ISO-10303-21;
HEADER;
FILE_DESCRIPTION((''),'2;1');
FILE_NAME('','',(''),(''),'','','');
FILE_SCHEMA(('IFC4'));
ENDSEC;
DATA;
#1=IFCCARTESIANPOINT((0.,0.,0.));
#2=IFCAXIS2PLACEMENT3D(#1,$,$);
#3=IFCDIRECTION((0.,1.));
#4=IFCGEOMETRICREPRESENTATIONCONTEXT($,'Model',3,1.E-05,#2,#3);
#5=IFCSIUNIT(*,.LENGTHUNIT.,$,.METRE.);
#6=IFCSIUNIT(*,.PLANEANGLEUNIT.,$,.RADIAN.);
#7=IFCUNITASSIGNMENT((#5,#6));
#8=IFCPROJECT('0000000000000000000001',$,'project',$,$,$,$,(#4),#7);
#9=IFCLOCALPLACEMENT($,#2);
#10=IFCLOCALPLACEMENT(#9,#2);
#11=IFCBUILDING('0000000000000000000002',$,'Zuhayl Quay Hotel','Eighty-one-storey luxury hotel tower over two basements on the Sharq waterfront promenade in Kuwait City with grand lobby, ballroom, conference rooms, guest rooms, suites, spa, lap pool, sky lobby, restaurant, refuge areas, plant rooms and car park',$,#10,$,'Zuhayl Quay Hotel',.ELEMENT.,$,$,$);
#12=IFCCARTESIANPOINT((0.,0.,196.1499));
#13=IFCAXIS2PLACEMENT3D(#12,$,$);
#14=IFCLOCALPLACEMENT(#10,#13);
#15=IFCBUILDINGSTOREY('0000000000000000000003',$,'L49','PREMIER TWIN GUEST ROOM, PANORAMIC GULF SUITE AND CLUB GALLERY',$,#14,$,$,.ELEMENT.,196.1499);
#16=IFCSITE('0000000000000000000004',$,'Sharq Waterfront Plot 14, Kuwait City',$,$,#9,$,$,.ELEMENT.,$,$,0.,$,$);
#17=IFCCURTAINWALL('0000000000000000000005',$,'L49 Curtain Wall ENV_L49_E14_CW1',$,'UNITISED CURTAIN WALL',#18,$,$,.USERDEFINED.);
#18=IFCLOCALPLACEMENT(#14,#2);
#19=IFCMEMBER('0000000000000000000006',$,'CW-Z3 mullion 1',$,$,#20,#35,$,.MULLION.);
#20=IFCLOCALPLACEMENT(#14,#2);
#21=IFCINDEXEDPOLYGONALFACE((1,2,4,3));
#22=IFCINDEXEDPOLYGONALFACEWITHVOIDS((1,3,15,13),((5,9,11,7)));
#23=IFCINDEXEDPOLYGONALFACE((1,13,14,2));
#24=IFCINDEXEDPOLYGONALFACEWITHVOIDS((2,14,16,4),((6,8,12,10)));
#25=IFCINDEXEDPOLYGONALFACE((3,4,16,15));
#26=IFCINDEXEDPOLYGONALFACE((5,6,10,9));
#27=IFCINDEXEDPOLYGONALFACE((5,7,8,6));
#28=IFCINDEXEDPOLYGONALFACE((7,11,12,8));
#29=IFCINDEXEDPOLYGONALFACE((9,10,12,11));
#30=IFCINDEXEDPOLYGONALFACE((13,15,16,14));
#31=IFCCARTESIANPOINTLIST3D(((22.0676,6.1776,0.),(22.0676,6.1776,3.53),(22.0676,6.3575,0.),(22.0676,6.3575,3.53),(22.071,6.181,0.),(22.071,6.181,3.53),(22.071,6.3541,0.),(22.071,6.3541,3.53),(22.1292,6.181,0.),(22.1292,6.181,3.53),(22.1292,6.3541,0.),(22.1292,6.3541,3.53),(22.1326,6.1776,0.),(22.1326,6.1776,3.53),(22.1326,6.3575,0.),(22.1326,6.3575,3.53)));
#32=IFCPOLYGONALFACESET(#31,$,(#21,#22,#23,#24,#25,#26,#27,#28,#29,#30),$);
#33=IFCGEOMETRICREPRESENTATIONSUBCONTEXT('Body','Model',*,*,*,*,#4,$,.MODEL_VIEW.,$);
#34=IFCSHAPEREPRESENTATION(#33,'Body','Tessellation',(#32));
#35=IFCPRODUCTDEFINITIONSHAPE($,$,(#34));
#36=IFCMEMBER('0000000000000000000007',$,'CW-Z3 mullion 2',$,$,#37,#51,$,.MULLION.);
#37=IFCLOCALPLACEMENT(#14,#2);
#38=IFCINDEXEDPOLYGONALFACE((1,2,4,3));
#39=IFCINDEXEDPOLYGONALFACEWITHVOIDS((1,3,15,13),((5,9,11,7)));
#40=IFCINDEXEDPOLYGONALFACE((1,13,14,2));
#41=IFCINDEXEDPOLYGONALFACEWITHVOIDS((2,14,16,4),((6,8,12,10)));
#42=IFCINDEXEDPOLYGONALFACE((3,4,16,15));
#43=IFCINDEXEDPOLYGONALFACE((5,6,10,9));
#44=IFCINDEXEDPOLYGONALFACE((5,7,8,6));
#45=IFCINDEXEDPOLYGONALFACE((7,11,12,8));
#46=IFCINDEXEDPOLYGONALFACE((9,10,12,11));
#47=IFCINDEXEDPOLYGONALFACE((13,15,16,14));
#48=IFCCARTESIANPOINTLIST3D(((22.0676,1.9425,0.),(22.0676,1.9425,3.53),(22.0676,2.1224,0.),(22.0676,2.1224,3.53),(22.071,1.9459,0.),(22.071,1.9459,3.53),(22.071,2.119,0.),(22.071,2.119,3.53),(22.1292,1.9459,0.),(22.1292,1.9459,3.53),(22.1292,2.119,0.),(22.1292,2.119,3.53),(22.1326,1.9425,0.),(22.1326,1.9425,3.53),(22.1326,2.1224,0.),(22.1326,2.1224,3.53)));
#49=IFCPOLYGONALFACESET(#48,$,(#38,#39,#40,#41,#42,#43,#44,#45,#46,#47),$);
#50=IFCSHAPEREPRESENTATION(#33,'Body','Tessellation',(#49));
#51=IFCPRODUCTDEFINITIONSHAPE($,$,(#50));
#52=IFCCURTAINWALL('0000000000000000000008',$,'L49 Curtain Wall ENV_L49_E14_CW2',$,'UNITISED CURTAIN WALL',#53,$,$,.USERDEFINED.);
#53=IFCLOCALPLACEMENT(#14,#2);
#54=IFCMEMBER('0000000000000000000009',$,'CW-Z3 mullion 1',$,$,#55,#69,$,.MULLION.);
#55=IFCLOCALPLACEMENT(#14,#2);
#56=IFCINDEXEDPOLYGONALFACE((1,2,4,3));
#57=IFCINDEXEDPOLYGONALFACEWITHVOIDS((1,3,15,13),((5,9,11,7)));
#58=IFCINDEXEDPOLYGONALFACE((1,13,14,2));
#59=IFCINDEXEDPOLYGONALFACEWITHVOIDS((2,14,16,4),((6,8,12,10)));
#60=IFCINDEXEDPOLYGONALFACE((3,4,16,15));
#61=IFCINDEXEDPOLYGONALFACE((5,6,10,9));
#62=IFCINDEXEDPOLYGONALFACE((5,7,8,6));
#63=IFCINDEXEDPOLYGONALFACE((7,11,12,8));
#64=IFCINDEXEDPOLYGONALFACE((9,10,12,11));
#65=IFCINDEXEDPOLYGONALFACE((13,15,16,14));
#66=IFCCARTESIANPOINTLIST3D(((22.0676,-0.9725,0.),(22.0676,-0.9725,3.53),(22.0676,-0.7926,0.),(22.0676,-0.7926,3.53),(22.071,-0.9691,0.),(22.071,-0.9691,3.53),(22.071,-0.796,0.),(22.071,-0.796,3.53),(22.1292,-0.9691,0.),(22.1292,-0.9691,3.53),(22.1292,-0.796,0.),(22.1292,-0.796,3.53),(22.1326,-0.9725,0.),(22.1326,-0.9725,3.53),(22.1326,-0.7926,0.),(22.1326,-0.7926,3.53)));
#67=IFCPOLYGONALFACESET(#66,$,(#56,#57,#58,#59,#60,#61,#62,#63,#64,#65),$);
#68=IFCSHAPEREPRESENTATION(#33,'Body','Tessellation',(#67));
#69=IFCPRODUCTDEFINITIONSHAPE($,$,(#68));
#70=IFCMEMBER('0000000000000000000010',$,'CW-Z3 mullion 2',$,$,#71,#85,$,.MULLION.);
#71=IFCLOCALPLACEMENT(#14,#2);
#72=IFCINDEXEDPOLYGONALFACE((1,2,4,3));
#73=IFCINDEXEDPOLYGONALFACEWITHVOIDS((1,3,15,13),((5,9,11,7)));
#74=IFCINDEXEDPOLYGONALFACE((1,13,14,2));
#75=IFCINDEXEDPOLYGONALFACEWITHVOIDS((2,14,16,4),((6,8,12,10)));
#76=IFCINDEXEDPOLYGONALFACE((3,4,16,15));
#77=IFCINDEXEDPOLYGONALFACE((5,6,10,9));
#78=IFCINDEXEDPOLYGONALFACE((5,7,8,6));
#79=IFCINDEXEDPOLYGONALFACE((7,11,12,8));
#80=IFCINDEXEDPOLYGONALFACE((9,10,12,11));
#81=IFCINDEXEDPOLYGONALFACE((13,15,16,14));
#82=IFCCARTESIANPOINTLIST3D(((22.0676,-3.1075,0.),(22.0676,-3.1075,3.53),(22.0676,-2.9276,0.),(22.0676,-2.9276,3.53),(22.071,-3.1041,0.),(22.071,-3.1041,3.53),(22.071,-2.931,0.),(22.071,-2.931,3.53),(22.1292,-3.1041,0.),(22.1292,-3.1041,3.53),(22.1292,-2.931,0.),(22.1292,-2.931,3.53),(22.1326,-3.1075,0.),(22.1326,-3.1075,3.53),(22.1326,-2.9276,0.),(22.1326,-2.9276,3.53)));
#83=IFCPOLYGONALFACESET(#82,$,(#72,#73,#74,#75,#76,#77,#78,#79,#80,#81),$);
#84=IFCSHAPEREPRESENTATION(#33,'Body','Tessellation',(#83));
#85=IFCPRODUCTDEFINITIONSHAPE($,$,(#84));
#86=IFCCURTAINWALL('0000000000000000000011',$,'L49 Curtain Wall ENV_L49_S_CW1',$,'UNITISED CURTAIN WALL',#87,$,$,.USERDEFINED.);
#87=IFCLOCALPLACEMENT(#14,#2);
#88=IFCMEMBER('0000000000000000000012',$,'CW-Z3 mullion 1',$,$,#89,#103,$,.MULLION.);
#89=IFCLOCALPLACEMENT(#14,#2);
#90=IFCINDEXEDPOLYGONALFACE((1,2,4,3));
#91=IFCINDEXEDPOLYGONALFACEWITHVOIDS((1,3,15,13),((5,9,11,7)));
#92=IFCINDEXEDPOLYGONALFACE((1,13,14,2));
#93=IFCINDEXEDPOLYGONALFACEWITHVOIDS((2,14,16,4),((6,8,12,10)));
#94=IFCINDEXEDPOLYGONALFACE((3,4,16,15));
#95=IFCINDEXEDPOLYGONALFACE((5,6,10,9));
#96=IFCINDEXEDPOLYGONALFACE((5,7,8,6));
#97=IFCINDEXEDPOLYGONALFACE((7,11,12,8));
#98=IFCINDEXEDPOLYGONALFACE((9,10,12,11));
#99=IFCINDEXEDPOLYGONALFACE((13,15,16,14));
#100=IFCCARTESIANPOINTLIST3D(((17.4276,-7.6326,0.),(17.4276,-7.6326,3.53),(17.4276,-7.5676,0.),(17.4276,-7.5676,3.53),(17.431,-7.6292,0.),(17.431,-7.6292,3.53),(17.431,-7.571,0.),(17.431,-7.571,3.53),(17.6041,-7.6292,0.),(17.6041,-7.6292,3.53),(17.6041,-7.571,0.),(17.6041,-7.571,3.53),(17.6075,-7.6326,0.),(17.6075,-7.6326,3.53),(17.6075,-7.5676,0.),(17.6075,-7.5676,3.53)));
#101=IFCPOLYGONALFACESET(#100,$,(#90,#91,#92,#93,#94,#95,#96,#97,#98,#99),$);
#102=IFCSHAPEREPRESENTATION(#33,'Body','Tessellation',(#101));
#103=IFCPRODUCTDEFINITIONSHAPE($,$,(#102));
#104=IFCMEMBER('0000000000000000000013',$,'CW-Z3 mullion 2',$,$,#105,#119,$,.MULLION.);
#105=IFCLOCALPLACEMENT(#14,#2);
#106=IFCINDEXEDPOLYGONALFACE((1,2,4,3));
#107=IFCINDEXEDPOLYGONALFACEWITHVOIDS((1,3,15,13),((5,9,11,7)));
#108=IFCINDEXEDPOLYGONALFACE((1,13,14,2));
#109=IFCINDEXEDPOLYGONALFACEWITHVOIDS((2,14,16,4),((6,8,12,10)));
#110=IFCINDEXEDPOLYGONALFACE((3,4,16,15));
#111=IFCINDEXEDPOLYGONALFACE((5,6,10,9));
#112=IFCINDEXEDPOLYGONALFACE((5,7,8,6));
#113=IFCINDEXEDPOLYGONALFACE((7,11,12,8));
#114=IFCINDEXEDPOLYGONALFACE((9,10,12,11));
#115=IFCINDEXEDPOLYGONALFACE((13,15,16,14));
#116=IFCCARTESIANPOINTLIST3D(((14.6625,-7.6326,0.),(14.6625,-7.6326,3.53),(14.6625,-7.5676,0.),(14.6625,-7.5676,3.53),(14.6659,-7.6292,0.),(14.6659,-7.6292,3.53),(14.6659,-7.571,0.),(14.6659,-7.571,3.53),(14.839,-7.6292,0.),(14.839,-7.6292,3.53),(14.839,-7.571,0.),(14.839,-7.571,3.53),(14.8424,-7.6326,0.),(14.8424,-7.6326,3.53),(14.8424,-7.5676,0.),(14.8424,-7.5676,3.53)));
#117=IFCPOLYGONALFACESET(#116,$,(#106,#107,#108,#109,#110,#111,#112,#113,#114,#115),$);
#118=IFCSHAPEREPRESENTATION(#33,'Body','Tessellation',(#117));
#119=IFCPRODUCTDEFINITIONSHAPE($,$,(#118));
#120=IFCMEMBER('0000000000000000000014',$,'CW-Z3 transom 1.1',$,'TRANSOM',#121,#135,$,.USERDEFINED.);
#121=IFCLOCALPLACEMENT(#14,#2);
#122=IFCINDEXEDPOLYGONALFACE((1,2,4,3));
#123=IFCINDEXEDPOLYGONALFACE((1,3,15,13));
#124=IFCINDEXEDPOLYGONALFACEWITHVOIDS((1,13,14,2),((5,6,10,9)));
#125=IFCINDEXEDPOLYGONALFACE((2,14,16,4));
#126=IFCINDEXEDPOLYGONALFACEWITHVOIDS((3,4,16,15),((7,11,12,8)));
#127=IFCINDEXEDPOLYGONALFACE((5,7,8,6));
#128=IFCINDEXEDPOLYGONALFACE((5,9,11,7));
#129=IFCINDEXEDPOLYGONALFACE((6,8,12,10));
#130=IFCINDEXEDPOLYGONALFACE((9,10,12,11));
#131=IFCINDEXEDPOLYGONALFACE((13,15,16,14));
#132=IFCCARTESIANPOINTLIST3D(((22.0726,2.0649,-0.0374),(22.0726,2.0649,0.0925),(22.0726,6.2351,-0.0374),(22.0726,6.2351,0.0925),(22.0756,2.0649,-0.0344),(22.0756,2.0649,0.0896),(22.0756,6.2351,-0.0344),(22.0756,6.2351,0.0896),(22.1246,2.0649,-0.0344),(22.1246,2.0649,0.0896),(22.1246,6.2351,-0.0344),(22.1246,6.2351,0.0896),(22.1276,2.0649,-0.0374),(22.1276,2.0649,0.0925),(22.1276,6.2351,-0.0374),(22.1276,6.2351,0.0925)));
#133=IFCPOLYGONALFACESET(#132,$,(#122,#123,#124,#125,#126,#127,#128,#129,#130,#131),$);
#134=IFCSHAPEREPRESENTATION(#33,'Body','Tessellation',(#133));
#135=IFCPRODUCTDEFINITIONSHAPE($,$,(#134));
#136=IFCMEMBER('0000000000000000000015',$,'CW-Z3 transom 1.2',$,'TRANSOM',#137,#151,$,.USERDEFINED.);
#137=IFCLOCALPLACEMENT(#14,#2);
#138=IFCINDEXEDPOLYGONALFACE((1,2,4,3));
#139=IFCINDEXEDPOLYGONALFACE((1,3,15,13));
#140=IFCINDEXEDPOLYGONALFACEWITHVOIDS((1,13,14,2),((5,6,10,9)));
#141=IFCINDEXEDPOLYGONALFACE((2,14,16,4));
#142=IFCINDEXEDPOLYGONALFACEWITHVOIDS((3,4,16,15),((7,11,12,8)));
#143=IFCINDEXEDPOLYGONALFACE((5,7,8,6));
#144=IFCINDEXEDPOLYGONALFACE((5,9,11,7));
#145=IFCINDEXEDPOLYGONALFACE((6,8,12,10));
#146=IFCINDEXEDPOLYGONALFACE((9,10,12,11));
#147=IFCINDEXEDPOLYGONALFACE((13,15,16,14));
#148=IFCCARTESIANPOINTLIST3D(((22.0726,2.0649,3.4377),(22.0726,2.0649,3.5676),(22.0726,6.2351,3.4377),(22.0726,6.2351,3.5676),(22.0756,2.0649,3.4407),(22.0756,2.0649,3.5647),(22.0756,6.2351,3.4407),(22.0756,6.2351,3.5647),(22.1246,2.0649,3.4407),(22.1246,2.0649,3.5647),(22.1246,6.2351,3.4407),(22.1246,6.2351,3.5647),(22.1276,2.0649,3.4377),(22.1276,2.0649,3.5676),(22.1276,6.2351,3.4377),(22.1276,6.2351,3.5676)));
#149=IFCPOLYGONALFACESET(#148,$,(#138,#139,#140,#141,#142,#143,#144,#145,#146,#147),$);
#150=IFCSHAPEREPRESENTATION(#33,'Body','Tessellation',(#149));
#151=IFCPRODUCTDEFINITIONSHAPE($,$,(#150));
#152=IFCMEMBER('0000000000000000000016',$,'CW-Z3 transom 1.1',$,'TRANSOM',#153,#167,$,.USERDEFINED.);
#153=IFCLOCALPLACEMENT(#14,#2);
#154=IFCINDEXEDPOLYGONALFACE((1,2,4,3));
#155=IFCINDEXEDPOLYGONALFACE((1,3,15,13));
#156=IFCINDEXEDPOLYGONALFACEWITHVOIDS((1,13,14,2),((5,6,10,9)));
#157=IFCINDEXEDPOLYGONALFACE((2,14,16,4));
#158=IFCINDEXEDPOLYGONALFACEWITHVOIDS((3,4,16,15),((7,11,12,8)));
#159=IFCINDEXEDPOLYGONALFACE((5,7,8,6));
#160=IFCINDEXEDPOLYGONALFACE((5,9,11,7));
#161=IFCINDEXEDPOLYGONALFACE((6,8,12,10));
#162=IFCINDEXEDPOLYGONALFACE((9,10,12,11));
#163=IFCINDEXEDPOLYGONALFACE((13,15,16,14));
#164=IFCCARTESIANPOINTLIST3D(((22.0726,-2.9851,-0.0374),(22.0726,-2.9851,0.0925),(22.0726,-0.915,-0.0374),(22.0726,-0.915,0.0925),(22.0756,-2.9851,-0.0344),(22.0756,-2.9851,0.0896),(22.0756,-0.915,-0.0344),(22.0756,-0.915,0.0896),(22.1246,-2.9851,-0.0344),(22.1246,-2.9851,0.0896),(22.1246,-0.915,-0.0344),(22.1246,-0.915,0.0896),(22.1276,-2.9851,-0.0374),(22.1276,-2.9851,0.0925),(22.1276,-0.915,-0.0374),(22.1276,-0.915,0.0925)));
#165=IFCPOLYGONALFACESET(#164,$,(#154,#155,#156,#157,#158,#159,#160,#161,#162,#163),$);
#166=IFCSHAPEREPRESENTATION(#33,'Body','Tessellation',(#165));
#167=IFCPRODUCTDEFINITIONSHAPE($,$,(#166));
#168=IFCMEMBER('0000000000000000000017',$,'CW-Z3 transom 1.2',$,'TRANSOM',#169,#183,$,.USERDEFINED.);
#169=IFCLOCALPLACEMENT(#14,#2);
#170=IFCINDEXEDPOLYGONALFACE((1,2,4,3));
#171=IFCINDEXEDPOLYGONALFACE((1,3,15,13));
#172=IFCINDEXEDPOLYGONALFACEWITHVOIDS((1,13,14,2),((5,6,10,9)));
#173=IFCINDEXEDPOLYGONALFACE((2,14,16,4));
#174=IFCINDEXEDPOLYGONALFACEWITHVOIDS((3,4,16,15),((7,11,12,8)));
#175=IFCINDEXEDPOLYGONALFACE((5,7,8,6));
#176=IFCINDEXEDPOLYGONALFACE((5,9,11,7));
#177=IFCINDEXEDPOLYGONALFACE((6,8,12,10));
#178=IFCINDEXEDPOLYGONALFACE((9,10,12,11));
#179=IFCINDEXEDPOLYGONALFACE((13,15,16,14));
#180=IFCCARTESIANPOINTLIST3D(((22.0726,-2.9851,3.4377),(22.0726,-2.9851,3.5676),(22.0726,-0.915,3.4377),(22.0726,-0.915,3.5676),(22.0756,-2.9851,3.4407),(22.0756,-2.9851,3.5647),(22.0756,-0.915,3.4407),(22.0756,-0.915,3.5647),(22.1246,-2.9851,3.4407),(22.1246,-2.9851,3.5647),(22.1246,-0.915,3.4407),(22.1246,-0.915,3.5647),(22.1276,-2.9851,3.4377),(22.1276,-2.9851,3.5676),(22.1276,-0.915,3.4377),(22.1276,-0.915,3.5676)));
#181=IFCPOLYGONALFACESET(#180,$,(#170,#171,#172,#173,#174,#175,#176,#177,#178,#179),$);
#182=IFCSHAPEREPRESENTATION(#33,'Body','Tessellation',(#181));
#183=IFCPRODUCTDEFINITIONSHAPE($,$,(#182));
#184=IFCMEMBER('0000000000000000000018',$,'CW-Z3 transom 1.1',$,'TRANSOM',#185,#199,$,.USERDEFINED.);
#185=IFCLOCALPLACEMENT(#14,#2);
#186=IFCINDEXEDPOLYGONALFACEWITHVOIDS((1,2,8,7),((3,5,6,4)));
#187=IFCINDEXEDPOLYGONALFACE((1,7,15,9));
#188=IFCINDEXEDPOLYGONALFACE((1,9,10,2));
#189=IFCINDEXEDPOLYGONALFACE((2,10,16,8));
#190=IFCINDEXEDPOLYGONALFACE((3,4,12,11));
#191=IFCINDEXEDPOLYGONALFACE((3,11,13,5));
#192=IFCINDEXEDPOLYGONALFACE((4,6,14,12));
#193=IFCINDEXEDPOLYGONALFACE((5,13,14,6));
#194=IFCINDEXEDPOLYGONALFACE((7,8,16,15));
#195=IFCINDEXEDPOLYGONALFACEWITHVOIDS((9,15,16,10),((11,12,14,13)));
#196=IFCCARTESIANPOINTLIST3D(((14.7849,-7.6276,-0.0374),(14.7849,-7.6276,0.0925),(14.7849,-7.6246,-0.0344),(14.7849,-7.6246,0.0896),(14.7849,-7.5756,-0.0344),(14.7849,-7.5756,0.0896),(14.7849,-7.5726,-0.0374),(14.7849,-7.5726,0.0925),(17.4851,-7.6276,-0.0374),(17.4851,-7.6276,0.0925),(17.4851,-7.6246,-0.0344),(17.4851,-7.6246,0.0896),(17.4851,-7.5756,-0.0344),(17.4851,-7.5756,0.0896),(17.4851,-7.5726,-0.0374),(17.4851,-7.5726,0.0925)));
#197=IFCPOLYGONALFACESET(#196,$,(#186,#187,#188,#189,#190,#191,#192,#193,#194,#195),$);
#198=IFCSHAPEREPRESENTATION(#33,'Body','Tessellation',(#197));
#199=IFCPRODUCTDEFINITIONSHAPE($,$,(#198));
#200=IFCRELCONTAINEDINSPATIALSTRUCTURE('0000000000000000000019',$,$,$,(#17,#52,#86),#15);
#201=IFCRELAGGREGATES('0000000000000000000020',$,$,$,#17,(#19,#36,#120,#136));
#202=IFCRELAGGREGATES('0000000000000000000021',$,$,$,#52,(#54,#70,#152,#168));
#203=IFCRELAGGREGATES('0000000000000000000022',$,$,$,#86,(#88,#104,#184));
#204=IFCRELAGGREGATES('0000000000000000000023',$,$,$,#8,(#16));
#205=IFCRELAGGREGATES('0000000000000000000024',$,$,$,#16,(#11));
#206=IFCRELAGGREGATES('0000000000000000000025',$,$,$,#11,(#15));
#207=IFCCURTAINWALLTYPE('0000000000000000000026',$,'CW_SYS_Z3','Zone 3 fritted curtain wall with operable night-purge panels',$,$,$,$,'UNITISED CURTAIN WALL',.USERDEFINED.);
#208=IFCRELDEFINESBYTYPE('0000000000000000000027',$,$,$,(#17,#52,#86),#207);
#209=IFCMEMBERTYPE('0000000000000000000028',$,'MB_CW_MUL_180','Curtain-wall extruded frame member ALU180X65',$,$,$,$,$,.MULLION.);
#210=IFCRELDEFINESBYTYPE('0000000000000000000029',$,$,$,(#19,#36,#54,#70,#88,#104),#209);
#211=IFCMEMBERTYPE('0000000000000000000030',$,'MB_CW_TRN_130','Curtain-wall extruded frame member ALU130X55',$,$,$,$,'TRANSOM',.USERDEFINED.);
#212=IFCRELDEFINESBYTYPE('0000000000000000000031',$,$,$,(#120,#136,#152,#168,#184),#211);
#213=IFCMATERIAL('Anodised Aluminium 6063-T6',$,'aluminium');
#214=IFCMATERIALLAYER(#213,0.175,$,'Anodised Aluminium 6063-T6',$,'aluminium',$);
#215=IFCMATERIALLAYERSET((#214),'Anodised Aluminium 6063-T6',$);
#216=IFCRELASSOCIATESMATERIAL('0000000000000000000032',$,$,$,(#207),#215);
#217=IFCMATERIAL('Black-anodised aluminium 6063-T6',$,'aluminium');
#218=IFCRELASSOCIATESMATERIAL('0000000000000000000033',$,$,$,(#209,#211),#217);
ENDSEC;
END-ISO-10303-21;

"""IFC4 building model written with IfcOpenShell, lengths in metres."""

from ifc_helpers import new_model, si_unit, direction, frame, origin, origin_2d, place, context, subcontext, project, spatial, hollow_rectangle, extrude, material, layer, layer_set, material_profile, profile_set, type_object, element, aggregate, save


model = new_model("IFC4")

# Units and contexts
model_context = context("Model", 3, precision=1e-05, world=origin(), true_north=direction((0.0, 1.0)))
body_context = subcontext(model_context, "Body", "Model", "MODEL_VIEW")
ifc_project = project(units=[si_unit("LENGTHUNIT", "METRE"), si_unit("PLANEANGLEUNIT", "RADIAN")], contexts=[model_context])

# Site, building, storey
site_placement = place(None, origin())
site = spatial("IfcSite", under=ifc_project, at=site_placement, Name="Sharq Waterfront Plot 14, Kuwait City", CompositionType="ELEMENT", RefElevation=0.0)
building_placement = place(site_placement, origin())
building = spatial("IfcBuilding", under=site, at=building_placement, Name="Zuhayl Quay Hotel", Description="Eighty-one-storey luxury hotel tower over two basements on the Sharq waterfront promenade in Kuwait City with grand lobby, ballroom, conference rooms, guest rooms, suites, spa, lap pool, sky lobby, restaurant, refuge areas, plant rooms and car park", LongName="Zuhayl Quay Hotel", CompositionType="ELEMENT")
storey_placement = place(building_placement, frame((0.0, 0.0, 196.1499)))
storey = spatial("IfcBuildingStorey", under=building, at=storey_placement, Name="L49", Description="PREMIER TWIN GUEST ROOM, PANORAMIC GULF SUITE AND CLUB GALLERY", CompositionType="ELEMENT", Elevation=196.1499)

# Curtain walls, members
ifc_material_1 = material(Name="Anodised Aluminium 6063-T6", Category="aluminium")
ifc_layer_1 = layer(ifc_material_1, 0.175, Name="Anodised Aluminium 6063-T6", Category="aluminium")
ifc_layer_set_1 = layer_set([ifc_layer_1], Name="Anodised Aluminium 6063-T6")
curtain_wall_type = type_object("IfcCurtainWallType", Name="CW_SYS_Z3", Description="Zone 3 fritted curtain wall with operable night-purge panels", ElementType="UNITISED CURTAIN WALL", PredefinedType="USERDEFINED", material=ifc_layer_set_1)
curtain_wall_1_placement = place(storey_placement, origin())
curtain_wall_1 = element("IfcCurtainWall", 1, at=curtain_wall_1_placement, inside=storey, type_object=curtain_wall_type, Name="L49 Curtain Wall ENV_L49_E14_CW1", ObjectType="UNITISED CURTAIN WALL", PredefinedType="USERDEFINED")
ifc_material_2 = material(Name="Black-anodised aluminium 6063-T6", Category="aluminium")
ifc_material_profile_1 = material_profile(ifc_material_2, hollow_rectangle(XDim=0.0649, YDim=0.1799, WallThickness=0.0034, at=origin_2d()), Name="ALU180X65")
ifc_profile_set_1 = profile_set([ifc_material_profile_1], Name="Black-anodised aluminium 6063-T6")
member_type_1 = type_object("IfcMemberType", Name="MB_CW_MUL_180", Description="Curtain-wall extruded frame member ALU180X65", PredefinedType="MULLION", material=ifc_profile_set_1)
member_1_placement = place(storey_placement, frame((22.1001, 6.2676, 0.0), z_axis=(0.0, 0.0, 1.0), x_axis=(1.0, 0.0, 0.0)))
member_1 = element("IfcMember", 2, at=member_1_placement, type_object=member_type_1, Name="CW-Z3 mullion 1", PredefinedType="MULLION", context=body_context, shape_type="SweptSolid", body=[
    extrude(hollow_rectangle(XDim=0.0649, YDim=0.1799, WallThickness=0.0034, at=origin_2d()), origin(), (0.0, 0.0, 1.0), 3.53),
])
member_2_placement = place(storey_placement, frame((22.1001, 2.0325, 0.0), z_axis=(0.0, 0.0, 1.0), x_axis=(1.0, 0.0, 0.0)))
member_2 = element("IfcMember", 3, at=member_2_placement, type_object=member_type_1, Name="CW-Z3 mullion 2", PredefinedType="MULLION", context=body_context, shape_type="SweptSolid", body=[
    extrude(hollow_rectangle(XDim=0.0649, YDim=0.1799, WallThickness=0.0034, at=origin_2d()), origin(), (0.0, 0.0, 1.0), 3.53),
])
curtain_wall_2_placement = place(storey_placement, origin())
curtain_wall_2 = element("IfcCurtainWall", 4, at=curtain_wall_2_placement, inside=storey, type_object=curtain_wall_type, Name="L49 Curtain Wall ENV_L49_E14_CW2", ObjectType="UNITISED CURTAIN WALL", PredefinedType="USERDEFINED")
member_3_placement = place(storey_placement, frame((22.1001, -0.8826, 0.0), z_axis=(0.0, 0.0, 1.0), x_axis=(1.0, 0.0, 0.0)))
member_3 = element("IfcMember", 5, at=member_3_placement, type_object=member_type_1, Name="CW-Z3 mullion 1", PredefinedType="MULLION", context=body_context, shape_type="SweptSolid", body=[
    extrude(hollow_rectangle(XDim=0.0649, YDim=0.1799, WallThickness=0.0034, at=origin_2d()), origin(), (0.0, 0.0, 1.0), 3.53),
])
member_4_placement = place(storey_placement, frame((22.1001, -3.0176, 0.0), z_axis=(0.0, 0.0, 1.0), x_axis=(1.0, 0.0, 0.0)))
member_4 = element("IfcMember", 6, at=member_4_placement, type_object=member_type_1, Name="CW-Z3 mullion 2", PredefinedType="MULLION", context=body_context, shape_type="SweptSolid", body=[
    extrude(hollow_rectangle(XDim=0.0649, YDim=0.1799, WallThickness=0.0034, at=origin_2d()), origin(), (0.0, 0.0, 1.0), 3.53),
])
curtain_wall_3_placement = place(storey_placement, origin())
curtain_wall_3 = element("IfcCurtainWall", 7, at=curtain_wall_3_placement, inside=storey, type_object=curtain_wall_type, Name="L49 Curtain Wall ENV_L49_S_CW1", ObjectType="UNITISED CURTAIN WALL", PredefinedType="USERDEFINED")
member_5_placement = place(storey_placement, frame((17.5176, -7.6001, 0.0), z_axis=(0.0, 0.0, 1.0), x_axis=(0.0, -1.0, 0.0)))
member_5 = element("IfcMember", 8, at=member_5_placement, type_object=member_type_1, Name="CW-Z3 mullion 1", PredefinedType="MULLION", context=body_context, shape_type="SweptSolid", body=[
    extrude(hollow_rectangle(XDim=0.0649, YDim=0.1799, WallThickness=0.0034, at=origin_2d()), origin(), (0.0, 0.0, 1.0), 3.53),
])
member_6_placement = place(storey_placement, frame((14.7524, -7.6001, 0.0), z_axis=(0.0, 0.0, 1.0), x_axis=(0.0, -1.0, 0.0)))
member_6 = element("IfcMember", 9, at=member_6_placement, type_object=member_type_1, Name="CW-Z3 mullion 2", PredefinedType="MULLION", context=body_context, shape_type="SweptSolid", body=[
    extrude(hollow_rectangle(XDim=0.0649, YDim=0.1799, WallThickness=0.0034, at=origin_2d()), origin(), (0.0, 0.0, 1.0), 3.53),
])

# Members
ifc_material_profile_2 = material_profile(ifc_material_2, hollow_rectangle(XDim=0.0549, YDim=0.1299, WallThickness=0.0029, at=origin_2d()), Name="ALU130X55")
ifc_profile_set_2 = profile_set([ifc_material_profile_2], Name="Black-anodised aluminium 6063-T6")
member_type_2 = type_object("IfcMemberType", Name="MB_CW_TRN_130", Description="Curtain-wall extruded frame member ALU130X55", ElementType="TRANSOM", PredefinedType="USERDEFINED", material=ifc_profile_set_2)
member_7_placement = place(storey_placement, frame((22.1001, 6.2351, 0.0276), z_axis=(0.0, -1.0, 0.0), x_axis=(1.0, 0.0, 0.0)))
member_7 = element("IfcMember", 10, at=member_7_placement, type_object=member_type_2, Name="CW-Z3 transom 1.1", ObjectType="TRANSOM", PredefinedType="USERDEFINED", context=body_context, shape_type="SweptSolid", body=[
    extrude(hollow_rectangle(XDim=0.0549, YDim=0.1299, WallThickness=0.0029, at=origin_2d()), origin(), (0.0, 0.0, 1.0), 4.1702),
])
member_8_placement = place(storey_placement, frame((22.1001, 6.2351, 3.5027), z_axis=(0.0, -1.0, 0.0), x_axis=(1.0, 0.0, 0.0)))
member_8 = element("IfcMember", 11, at=member_8_placement, type_object=member_type_2, Name="CW-Z3 transom 1.2", ObjectType="TRANSOM", PredefinedType="USERDEFINED", context=body_context, shape_type="SweptSolid", body=[
    extrude(hollow_rectangle(XDim=0.0549, YDim=0.1299, WallThickness=0.0029, at=origin_2d()), origin(), (0.0, 0.0, 1.0), 4.1702),
])
member_9_placement = place(storey_placement, frame((22.1001, -0.915, 0.0276), z_axis=(0.0, -1.0, 0.0), x_axis=(1.0, 0.0, 0.0)))
member_9 = element("IfcMember", 12, at=member_9_placement, type_object=member_type_2, Name="CW-Z3 transom 1.1", ObjectType="TRANSOM", PredefinedType="USERDEFINED", context=body_context, shape_type="SweptSolid", body=[
    extrude(hollow_rectangle(XDim=0.0549, YDim=0.1299, WallThickness=0.0029, at=origin_2d()), origin(), (0.0, 0.0, 1.0), 2.0701),
])
member_10_placement = place(storey_placement, frame((22.1001, -0.915, 3.5027), z_axis=(0.0, -1.0, 0.0), x_axis=(1.0, 0.0, 0.0)))
member_10 = element("IfcMember", 13, at=member_10_placement, type_object=member_type_2, Name="CW-Z3 transom 1.2", ObjectType="TRANSOM", PredefinedType="USERDEFINED", context=body_context, shape_type="SweptSolid", body=[
    extrude(hollow_rectangle(XDim=0.0549, YDim=0.1299, WallThickness=0.0029, at=origin_2d()), origin(), (0.0, 0.0, 1.0), 2.0701),
])
member_11_placement = place(storey_placement, frame((17.4851, -7.6001, 0.0276), z_axis=(-1.0, 0.0, 0.0), x_axis=(0.0, -1.0, 0.0)))
member_11 = element("IfcMember", 14, at=member_11_placement, type_object=member_type_2, Name="CW-Z3 transom 1.1", ObjectType="TRANSOM", PredefinedType="USERDEFINED", context=body_context, shape_type="SweptSolid", body=[
    extrude(hollow_rectangle(XDim=0.0549, YDim=0.1299, WallThickness=0.0029, at=origin_2d()), origin(), (0.0, 0.0, 1.0), 2.7002),
])

aggregate(curtain_wall_1, [member_1, member_2, member_7, member_8])
aggregate(curtain_wall_2, [member_3, member_4, member_9, member_10])
aggregate(curtain_wall_3, [member_5, member_6, member_11])

save(model, "model.ifc")
